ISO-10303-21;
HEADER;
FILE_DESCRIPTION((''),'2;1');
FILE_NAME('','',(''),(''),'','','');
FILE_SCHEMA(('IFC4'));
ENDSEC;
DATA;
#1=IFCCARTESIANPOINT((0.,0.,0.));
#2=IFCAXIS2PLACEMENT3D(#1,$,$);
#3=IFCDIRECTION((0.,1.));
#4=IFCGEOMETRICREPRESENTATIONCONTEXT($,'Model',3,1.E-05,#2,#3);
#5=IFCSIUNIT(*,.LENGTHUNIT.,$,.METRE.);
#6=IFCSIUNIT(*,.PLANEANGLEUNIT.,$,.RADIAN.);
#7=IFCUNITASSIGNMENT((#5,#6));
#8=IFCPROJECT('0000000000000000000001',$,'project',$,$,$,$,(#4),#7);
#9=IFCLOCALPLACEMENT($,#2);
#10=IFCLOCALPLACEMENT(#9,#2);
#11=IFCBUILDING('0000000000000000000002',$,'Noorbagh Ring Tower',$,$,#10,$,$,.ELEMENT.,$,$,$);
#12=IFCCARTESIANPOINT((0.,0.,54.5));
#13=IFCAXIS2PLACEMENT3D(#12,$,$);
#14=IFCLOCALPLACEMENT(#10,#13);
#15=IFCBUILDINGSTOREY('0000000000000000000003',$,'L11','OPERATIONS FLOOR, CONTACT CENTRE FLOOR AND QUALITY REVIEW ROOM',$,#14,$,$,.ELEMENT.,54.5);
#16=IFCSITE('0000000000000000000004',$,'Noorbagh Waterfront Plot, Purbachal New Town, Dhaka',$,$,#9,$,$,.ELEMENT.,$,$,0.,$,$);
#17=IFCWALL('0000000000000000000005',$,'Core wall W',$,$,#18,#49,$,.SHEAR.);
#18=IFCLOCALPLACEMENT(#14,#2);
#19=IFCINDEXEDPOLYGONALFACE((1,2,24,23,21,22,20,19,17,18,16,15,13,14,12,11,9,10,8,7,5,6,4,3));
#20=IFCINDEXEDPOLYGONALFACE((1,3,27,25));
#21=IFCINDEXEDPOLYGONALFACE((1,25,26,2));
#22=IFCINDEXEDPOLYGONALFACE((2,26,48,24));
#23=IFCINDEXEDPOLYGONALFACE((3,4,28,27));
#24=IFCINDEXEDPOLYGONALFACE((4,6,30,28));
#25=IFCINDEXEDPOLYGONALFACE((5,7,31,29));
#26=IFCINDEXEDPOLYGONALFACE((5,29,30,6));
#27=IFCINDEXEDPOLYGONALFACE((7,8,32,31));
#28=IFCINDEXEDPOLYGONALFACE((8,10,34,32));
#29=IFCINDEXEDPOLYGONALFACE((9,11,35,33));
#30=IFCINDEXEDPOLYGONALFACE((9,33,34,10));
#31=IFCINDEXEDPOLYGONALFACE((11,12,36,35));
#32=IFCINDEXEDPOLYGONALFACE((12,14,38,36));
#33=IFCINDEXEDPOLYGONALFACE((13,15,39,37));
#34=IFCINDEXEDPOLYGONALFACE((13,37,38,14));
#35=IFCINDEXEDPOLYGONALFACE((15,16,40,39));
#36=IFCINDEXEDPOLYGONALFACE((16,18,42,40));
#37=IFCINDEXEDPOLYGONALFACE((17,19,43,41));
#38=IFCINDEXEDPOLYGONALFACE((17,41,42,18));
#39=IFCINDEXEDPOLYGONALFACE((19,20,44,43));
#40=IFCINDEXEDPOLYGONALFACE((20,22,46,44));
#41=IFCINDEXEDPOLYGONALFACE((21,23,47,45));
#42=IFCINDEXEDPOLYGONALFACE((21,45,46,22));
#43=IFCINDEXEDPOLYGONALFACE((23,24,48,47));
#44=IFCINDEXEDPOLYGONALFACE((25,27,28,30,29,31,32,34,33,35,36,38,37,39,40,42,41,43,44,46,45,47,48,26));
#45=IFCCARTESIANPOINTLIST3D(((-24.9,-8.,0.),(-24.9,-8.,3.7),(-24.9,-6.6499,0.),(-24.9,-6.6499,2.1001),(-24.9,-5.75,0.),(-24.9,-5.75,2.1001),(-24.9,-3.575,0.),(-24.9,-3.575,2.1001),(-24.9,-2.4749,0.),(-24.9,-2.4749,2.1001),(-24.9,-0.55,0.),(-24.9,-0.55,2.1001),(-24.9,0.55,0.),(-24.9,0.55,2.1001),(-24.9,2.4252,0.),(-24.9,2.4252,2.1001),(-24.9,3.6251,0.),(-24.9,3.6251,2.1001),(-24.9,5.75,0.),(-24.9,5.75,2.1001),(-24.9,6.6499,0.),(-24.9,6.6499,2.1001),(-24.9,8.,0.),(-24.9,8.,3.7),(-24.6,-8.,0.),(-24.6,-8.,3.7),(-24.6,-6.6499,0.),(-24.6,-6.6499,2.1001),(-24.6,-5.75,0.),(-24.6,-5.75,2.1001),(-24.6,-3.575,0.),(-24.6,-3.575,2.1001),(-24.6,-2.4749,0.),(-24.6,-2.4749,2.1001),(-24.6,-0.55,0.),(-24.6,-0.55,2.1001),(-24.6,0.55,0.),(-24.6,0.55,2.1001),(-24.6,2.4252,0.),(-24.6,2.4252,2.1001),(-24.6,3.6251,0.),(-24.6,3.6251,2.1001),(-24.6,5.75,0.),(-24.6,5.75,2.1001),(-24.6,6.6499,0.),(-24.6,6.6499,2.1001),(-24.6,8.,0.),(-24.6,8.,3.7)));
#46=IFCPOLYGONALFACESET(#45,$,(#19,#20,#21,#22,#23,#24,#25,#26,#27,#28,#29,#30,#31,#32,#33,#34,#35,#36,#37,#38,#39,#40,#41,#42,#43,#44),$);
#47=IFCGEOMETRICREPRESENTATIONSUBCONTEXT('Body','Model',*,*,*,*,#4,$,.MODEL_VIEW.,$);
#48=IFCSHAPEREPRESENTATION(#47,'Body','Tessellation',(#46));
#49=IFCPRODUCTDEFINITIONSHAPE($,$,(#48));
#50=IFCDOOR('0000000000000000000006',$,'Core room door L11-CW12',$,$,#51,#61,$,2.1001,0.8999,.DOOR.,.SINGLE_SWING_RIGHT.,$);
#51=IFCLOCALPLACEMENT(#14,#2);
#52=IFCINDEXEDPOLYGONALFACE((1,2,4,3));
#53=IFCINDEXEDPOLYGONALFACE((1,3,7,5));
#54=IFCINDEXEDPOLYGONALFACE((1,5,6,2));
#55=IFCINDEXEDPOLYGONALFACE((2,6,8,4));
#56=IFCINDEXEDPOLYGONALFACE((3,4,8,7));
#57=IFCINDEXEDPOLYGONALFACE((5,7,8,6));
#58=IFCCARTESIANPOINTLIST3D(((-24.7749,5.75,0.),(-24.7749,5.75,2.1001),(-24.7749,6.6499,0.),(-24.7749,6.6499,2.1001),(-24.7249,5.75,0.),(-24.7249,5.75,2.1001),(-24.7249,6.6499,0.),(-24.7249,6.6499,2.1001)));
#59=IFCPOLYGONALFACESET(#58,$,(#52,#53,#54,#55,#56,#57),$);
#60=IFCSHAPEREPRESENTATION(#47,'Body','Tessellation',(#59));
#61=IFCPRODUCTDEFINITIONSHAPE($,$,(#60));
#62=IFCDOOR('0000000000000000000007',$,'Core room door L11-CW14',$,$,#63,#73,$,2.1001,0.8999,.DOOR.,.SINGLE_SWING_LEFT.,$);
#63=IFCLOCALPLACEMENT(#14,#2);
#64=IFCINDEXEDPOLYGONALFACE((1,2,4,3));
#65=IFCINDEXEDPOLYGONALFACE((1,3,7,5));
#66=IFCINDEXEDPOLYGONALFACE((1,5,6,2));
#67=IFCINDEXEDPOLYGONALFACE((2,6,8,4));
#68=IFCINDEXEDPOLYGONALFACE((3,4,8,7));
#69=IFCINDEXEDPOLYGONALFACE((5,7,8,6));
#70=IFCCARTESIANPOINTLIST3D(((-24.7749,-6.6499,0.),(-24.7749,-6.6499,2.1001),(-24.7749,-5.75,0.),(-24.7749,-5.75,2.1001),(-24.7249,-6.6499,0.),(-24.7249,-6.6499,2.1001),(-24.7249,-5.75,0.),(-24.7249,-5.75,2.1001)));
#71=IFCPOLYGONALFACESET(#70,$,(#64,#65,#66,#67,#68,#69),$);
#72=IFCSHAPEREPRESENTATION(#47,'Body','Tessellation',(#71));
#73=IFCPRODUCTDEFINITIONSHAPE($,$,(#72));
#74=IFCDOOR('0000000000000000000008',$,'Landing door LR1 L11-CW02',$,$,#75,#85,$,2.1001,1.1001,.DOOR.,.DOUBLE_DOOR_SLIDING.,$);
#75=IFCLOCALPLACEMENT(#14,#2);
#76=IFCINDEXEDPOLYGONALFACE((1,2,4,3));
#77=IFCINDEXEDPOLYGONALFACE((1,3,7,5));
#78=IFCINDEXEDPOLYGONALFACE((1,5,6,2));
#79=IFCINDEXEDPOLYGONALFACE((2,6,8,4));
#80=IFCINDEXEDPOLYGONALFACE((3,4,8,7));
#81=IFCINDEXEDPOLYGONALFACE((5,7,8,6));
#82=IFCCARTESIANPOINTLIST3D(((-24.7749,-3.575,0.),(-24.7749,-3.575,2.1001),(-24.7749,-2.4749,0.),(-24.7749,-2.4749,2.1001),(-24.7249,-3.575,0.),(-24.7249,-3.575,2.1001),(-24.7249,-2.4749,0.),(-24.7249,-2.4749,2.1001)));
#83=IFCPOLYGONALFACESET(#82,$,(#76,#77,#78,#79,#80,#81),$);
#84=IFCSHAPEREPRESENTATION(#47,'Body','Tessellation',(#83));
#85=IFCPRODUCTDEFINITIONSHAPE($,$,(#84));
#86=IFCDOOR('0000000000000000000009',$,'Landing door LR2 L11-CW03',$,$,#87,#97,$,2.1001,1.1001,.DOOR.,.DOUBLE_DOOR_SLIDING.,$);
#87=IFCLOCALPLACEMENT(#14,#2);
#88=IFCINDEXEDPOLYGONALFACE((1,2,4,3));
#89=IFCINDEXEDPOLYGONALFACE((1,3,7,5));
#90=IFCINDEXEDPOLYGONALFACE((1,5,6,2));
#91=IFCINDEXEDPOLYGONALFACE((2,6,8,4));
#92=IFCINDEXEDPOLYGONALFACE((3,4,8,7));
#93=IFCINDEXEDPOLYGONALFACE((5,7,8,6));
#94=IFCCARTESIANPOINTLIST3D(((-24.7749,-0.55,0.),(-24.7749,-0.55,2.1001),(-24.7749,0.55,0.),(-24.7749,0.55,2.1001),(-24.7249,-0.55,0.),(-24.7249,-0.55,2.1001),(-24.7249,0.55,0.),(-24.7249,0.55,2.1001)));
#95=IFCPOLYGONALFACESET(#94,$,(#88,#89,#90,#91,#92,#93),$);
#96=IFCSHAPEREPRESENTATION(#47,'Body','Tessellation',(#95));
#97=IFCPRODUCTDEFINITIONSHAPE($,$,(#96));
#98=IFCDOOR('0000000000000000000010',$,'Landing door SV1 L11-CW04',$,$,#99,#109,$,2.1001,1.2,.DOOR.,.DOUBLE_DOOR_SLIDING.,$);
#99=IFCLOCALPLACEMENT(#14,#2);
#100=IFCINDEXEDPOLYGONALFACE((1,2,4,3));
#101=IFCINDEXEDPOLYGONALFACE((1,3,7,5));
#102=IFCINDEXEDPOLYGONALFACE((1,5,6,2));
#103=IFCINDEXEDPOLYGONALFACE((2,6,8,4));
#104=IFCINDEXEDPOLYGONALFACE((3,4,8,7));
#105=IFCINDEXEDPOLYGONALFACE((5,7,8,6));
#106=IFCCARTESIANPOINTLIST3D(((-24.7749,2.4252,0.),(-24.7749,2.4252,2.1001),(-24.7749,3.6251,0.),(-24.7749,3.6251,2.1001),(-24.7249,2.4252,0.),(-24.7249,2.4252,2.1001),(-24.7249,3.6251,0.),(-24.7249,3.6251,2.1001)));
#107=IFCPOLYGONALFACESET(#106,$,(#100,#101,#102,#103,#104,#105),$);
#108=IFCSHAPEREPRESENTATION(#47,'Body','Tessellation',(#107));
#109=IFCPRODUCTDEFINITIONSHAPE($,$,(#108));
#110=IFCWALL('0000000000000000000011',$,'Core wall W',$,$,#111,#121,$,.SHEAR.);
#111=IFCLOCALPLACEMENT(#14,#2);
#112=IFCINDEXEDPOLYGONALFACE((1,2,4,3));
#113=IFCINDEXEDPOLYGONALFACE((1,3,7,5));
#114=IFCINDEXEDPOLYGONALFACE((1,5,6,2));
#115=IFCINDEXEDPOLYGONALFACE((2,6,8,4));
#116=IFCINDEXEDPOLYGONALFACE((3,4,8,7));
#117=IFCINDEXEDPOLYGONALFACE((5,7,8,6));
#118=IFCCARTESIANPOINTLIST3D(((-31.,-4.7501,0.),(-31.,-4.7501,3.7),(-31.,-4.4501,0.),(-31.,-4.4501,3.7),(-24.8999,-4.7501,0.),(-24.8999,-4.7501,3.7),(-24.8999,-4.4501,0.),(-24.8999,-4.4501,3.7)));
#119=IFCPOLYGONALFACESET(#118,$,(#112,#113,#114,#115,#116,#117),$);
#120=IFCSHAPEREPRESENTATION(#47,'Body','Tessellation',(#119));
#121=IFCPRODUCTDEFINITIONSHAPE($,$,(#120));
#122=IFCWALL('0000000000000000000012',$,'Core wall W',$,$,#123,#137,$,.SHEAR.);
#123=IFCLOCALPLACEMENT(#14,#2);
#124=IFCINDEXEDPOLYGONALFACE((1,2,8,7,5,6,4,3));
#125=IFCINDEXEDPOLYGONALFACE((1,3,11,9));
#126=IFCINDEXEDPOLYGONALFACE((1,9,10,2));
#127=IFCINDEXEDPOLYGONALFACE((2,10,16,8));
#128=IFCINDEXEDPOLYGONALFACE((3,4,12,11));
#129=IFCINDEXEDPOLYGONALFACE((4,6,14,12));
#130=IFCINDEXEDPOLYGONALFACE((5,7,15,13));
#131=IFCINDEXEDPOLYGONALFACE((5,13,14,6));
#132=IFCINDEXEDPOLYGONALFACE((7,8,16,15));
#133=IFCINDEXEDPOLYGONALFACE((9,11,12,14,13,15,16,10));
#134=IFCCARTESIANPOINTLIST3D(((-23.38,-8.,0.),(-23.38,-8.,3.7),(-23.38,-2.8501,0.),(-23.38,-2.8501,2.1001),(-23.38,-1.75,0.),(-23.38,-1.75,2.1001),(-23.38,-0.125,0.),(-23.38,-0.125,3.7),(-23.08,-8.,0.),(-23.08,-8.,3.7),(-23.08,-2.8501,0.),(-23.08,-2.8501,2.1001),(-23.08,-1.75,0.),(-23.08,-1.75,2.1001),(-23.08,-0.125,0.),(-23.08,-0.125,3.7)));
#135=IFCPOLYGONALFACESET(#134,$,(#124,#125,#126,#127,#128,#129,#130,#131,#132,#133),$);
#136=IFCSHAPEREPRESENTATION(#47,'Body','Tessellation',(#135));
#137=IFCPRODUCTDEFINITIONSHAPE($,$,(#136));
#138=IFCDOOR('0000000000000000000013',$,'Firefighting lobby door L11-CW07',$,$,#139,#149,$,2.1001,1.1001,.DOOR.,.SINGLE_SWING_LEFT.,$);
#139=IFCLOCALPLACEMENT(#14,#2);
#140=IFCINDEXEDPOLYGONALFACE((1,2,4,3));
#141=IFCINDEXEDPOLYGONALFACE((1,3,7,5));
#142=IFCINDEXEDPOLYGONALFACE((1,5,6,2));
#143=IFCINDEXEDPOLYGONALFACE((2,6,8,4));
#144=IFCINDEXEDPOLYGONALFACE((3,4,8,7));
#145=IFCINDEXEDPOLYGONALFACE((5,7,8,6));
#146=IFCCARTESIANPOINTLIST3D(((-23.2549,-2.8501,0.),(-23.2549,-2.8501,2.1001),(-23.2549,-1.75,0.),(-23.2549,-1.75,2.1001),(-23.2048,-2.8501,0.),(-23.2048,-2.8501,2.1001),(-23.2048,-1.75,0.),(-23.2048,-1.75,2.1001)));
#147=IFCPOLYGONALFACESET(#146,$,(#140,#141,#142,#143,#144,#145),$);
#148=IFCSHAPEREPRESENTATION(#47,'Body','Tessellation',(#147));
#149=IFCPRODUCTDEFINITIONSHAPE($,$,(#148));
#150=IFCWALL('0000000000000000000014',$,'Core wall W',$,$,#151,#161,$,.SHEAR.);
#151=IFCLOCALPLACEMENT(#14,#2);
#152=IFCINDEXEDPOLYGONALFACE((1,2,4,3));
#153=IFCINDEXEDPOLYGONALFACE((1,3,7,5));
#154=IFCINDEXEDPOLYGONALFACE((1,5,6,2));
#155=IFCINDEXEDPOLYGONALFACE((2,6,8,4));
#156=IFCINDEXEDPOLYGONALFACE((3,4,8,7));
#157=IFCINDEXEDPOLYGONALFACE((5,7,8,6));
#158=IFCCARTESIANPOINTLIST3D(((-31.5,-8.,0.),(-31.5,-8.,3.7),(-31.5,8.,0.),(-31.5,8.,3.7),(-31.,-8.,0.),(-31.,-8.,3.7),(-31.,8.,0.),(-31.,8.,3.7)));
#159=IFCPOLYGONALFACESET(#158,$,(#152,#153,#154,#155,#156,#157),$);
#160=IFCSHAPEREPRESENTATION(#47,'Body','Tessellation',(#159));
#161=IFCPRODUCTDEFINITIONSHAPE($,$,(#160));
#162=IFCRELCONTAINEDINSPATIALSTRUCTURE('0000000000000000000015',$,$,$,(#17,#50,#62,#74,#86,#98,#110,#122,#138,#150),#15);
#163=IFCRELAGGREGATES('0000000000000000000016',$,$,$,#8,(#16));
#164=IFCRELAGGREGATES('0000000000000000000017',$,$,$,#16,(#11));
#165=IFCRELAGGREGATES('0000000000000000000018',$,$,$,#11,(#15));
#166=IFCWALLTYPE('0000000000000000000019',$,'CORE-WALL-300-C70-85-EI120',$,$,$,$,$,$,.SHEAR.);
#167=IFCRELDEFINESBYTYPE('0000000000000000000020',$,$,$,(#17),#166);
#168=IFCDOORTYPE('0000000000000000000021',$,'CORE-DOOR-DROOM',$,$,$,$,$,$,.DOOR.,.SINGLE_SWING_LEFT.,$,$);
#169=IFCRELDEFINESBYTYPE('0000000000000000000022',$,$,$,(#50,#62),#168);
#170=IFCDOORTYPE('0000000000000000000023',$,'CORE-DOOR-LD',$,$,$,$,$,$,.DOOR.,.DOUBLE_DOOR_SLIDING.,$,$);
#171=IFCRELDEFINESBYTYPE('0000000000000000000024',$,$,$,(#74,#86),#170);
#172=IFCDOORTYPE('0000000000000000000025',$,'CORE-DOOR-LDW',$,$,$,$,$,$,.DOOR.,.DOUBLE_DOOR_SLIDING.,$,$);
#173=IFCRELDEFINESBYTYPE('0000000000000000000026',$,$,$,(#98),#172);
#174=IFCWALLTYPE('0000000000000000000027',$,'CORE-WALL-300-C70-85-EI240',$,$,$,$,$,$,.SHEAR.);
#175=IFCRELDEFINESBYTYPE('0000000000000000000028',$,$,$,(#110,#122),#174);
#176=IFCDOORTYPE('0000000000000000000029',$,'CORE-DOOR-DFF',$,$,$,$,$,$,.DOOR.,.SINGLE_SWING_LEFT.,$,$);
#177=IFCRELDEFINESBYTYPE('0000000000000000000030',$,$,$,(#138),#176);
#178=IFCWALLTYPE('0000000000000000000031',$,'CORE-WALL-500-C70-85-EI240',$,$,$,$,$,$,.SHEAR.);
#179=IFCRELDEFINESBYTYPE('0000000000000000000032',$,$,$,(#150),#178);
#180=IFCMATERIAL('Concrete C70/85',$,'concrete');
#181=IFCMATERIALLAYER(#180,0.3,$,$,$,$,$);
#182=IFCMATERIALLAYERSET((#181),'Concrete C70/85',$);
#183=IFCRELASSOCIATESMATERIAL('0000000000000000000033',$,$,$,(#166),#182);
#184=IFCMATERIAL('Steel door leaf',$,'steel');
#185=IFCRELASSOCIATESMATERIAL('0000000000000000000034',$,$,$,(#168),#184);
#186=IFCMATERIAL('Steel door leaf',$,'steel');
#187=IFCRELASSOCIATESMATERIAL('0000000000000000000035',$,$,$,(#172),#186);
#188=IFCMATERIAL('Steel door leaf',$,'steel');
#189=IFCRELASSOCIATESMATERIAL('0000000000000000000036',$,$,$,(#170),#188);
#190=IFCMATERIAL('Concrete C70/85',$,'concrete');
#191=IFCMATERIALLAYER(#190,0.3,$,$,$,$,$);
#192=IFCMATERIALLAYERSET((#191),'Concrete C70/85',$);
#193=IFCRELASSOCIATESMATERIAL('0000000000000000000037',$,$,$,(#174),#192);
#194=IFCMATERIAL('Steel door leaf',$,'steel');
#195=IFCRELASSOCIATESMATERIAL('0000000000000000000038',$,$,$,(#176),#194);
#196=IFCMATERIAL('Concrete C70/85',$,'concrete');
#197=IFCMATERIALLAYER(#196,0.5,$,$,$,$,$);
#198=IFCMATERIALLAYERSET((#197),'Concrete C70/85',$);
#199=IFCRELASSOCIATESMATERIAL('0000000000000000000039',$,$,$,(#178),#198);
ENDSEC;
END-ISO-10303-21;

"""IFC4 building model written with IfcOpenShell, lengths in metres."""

from ifc_helpers import new_model, si_unit, direction, frame, frame_2d, origin, place, context, subcontext, project, spatial, rectangle, extrude, material, layer, layer_set, type_object, element, fill, save


model = new_model("IFC4")

# Units and contexts
model_context = context("Model", 3, precision=1e-05, world=origin(), true_north=direction((0.0, 1.0)))
body_context = subcontext(model_context, "Body", "Model", "MODEL_VIEW")
ifc_project = project(units=[si_unit("LENGTHUNIT", "METRE"), si_unit("PLANEANGLEUNIT", "RADIAN")], contexts=[model_context])

# Site, building, storey
site_placement = place(None, origin())
site = spatial("IfcSite", under=ifc_project, at=site_placement, Name="Noorbagh Waterfront Plot, Purbachal New Town, Dhaka", CompositionType="ELEMENT", RefElevation=0.0)
building_placement = place(site_placement, origin())
building = spatial("IfcBuilding", under=site, at=building_placement, Name="Noorbagh Ring Tower", CompositionType="ELEMENT")
storey_placement = place(building_placement, frame((0.0, 0.0, 54.5)))
storey = spatial("IfcBuildingStorey", under=building, at=storey_placement, Name="L11", Description="OPERATIONS FLOOR, CONTACT CENTRE FLOOR AND QUALITY REVIEW ROOM", CompositionType="ELEMENT", Elevation=54.5)

# Shared definitions
ifc_material_1 = material(Name="Concrete C70/85", Category="concrete")
ifc_layer_1 = layer(ifc_material_1, 0.3)
ifc_layer_set_1 = layer_set([ifc_layer_1], Name="Concrete C70/85")
wall_type_1 = type_object("IfcWallType", Name="CORE-WALL-300-C70-85-EI120", PredefinedType="SHEAR", material=ifc_layer_set_1)

# Wall, openings, doors
ifc_material_2 = material(Name="Steel door leaf", Category="steel")
door_type_1 = type_object("IfcDoorType", Name="CORE-DOOR-DROOM", OperationType="SINGLE_SWING_LEFT", PredefinedType="DOOR", material=ifc_material_2)
ifc_material_3 = material(Name="Steel door leaf", Category="steel")
door_type_2 = type_object("IfcDoorType", Name="CORE-DOOR-LDW", OperationType="DOUBLE_DOOR_SLIDING", PredefinedType="DOOR", material=ifc_material_3)
wall_1_placement = place(storey_placement, frame((-24.75, -8.0, 0.0), z_axis=(0.0, 0.0, 1.0), x_axis=(0.0, 1.0, 0.0)))
wall_1 = element("IfcWall", 1, at=wall_1_placement, inside=storey, type_object=wall_type_1, Name="Core wall W", PredefinedType="SHEAR", context=body_context, shape_type="SweptSolid", body=[
    extrude(rectangle(XDim=16.0, YDim=0.3, at=frame_2d((8.0, 0.0))), origin(), (0.0, 0.0, 1.0), 3.7),
])
opening_1_placement = place(wall_1_placement, frame((4.425, 0.0, 0.0)))
opening_1 = element("IfcOpeningElement", 2, at=opening_1_placement, cuts=wall_1, PredefinedType="OPENING", context=body_context, shape_type="SweptSolid", body=[
    extrude(rectangle(XDim=1.1001, YDim=2.1001, at=frame_2d((0.55, 1.05))), frame((0.0, 0.1602, 0.0), z_axis=(0.0, -1.0, 0.0), x_axis=(1.0, 0.0, 0.0)), (0.0, 0.0, 1.0), 0.3201),
])
opening_2_placement = place(wall_1_placement, frame((7.45, 0.0, 0.0)))
opening_2 = element("IfcOpeningElement", 3, at=opening_2_placement, cuts=wall_1, PredefinedType="OPENING", context=body_context, shape_type="SweptSolid", body=[
    extrude(rectangle(XDim=1.1001, YDim=2.1001, at=frame_2d((0.55, 1.05))), frame((0.0, 0.1602, 0.0), z_axis=(0.0, -1.0, 0.0), x_axis=(1.0, 0.0, 0.0)), (0.0, 0.0, 1.0), 0.3201),
])
opening_3_placement = place(wall_1_placement, frame((10.425, 0.0, 0.0)))
opening_3 = element("IfcOpeningElement", 4, at=opening_3_placement, cuts=wall_1, PredefinedType="OPENING", context=body_context, shape_type="SweptSolid", body=[
    extrude(rectangle(XDim=1.2, YDim=2.1001, at=frame_2d((0.6001, 1.05))), frame((0.0, 0.1602, 0.0), z_axis=(0.0, -1.0, 0.0), x_axis=(1.0, 0.0, 0.0)), (0.0, 0.0, 1.0), 0.3201),
])
opening_4_placement = place(wall_1_placement, frame((13.75, 0.0, 0.0)))
opening_4 = element("IfcOpeningElement", 5, at=opening_4_placement, cuts=wall_1, PredefinedType="OPENING", context=body_context, shape_type="SweptSolid", body=[
    extrude(rectangle(XDim=0.8999, YDim=2.1001, at=frame_2d((0.45, 1.05))), frame((0.0, 0.1602, 0.0), z_axis=(0.0, -1.0, 0.0), x_axis=(1.0, 0.0, 0.0)), (0.0, 0.0, 1.0), 0.3201),
])
opening_5_placement = place(wall_1_placement, frame((1.3501, 0.0, 0.0)))
opening_5 = element("IfcOpeningElement", 6, at=opening_5_placement, cuts=wall_1, PredefinedType="OPENING", context=body_context, shape_type="SweptSolid", body=[
    extrude(rectangle(XDim=0.8999, YDim=2.1001, at=frame_2d((0.45, 1.05))), frame((0.0, 0.1602, 0.0), z_axis=(0.0, -1.0, 0.0), x_axis=(1.0, 0.0, 0.0)), (0.0, 0.0, 1.0), 0.3201),
])
door_1_placement = place(opening_4_placement, origin())
door_1 = element("IfcDoor", 7, at=door_1_placement, inside=storey, type_object=door_type_1, Name="Core room door L11-CW12", OperationType="SINGLE_SWING_RIGHT", OverallHeight=2.1001, OverallWidth=0.8999, PredefinedType="DOOR", context=body_context, shape_type="SweptSolid", body=[
    extrude(rectangle(XDim=0.8999, YDim=2.1001, at=frame_2d((0.45, 1.05))), frame((0.0, 0.0249, 0.0), z_axis=(0.0, -1.0, 0.0), x_axis=(1.0, 0.0, 0.0)), (0.0, 0.0, 1.0), 0.05),
])
fill(opening_4, door_1)
door_2_placement = place(opening_5_placement, origin())
door_2 = element("IfcDoor", 8, at=door_2_placement, inside=storey, type_object=door_type_1, Name="Core room door L11-CW14", OperationType="SINGLE_SWING_LEFT", OverallHeight=2.1001, OverallWidth=0.8999, PredefinedType="DOOR", context=body_context, shape_type="SweptSolid", body=[
    extrude(rectangle(XDim=0.8999, YDim=2.1001, at=frame_2d((0.45, 1.05))), frame((0.0, 0.0249, 0.0), z_axis=(0.0, -1.0, 0.0), x_axis=(1.0, 0.0, 0.0)), (0.0, 0.0, 1.0), 0.05),
])
fill(opening_5, door_2)
ifc_material_4 = material(Name="Steel door leaf", Category="steel")
door_type_3 = type_object("IfcDoorType", Name="CORE-DOOR-LD", OperationType="DOUBLE_DOOR_SLIDING", PredefinedType="DOOR", material=ifc_material_4)
door_3_placement = place(opening_1_placement, origin())
door_3 = element("IfcDoor", 9, at=door_3_placement, inside=storey, type_object=door_type_3, Name="Landing door LR1 L11-CW02", OperationType="DOUBLE_DOOR_SLIDING", OverallHeight=2.1001, OverallWidth=1.1001, PredefinedType="DOOR", context=body_context, shape_type="SweptSolid", body=[
    extrude(rectangle(XDim=1.1001, YDim=2.1001, at=frame_2d((0.55, 1.05))), frame((0.0, 0.0249, 0.0), z_axis=(0.0, -1.0, 0.0), x_axis=(1.0, 0.0, 0.0)), (0.0, 0.0, 1.0), 0.05),
])
fill(opening_1, door_3)
door_4_placement = place(opening_2_placement, origin())
door_4 = element("IfcDoor", 10, at=door_4_placement, inside=storey, type_object=door_type_3, Name="Landing door LR2 L11-CW03", OperationType="DOUBLE_DOOR_SLIDING", OverallHeight=2.1001, OverallWidth=1.1001, PredefinedType="DOOR", context=body_context, shape_type="SweptSolid", body=[
    extrude(rectangle(XDim=1.1001, YDim=2.1001, at=frame_2d((0.55, 1.05))), frame((0.0, 0.0249, 0.0), z_axis=(0.0, -1.0, 0.0), x_axis=(1.0, 0.0, 0.0)), (0.0, 0.0, 1.0), 0.05),
])
fill(opening_2, door_4)
door_5_placement = place(opening_3_placement, origin())
door_5 = element("IfcDoor", 11, at=door_5_placement, inside=storey, type_object=door_type_2, Name="Landing door SV1 L11-CW04", OperationType="DOUBLE_DOOR_SLIDING", OverallHeight=2.1001, OverallWidth=1.2, PredefinedType="DOOR", context=body_context, shape_type="SweptSolid", body=[
    extrude(rectangle(XDim=1.2, YDim=2.1001, at=frame_2d((0.6001, 1.05))), frame((0.0, 0.0249, 0.0), z_axis=(0.0, -1.0, 0.0), x_axis=(1.0, 0.0, 0.0)), (0.0, 0.0, 1.0), 0.05),
])
fill(opening_3, door_5)

# Wall
ifc_material_5 = material(Name="Concrete C70/85", Category="concrete")
ifc_layer_2 = layer(ifc_material_5, 0.3)
ifc_layer_set_2 = layer_set([ifc_layer_2], Name="Concrete C70/85")
wall_type_2 = type_object("IfcWallType", Name="CORE-WALL-300-C70-85-EI240", PredefinedType="SHEAR", material=ifc_layer_set_2)
wall_2_placement = place(storey_placement, frame((-24.8999, -4.6001, 0.0), z_axis=(0.0, 0.0, 1.0), x_axis=(-1.0, 0.0, 0.0)))
element("IfcWall", 12, at=wall_2_placement, inside=storey, type_object=wall_type_2, Name="Core wall W", PredefinedType="SHEAR", context=body_context, shape_type="SweptSolid", body=[
    extrude(rectangle(XDim=6.1001, YDim=0.3, at=frame_2d((3.05, 0.0))), origin(), (0.0, 0.0, 1.0), 3.7),
])

# Wall, opening, door
wall_3_placement = place(storey_placement, frame((-23.23, -8.0, 0.0), z_axis=(0.0, 0.0, 1.0), x_axis=(0.0, 1.0, 0.0)))
wall_3 = element("IfcWall", 13, at=wall_3_placement, inside=storey, type_object=wall_type_2, Name="Core wall W", PredefinedType="SHEAR", context=body_context, shape_type="SweptSolid", body=[
    extrude(rectangle(XDim=7.875, YDim=0.3, at=frame_2d((3.9375, 0.0))), origin(), (0.0, 0.0, 1.0), 3.7),
])
opening_6_placement = place(wall_3_placement, frame((5.1499, 0.0, 0.0)))
opening_6 = element("IfcOpeningElement", 14, at=opening_6_placement, cuts=wall_3, PredefinedType="OPENING", context=body_context, shape_type="SweptSolid", body=[
    extrude(rectangle(XDim=1.1001, YDim=2.1001, at=frame_2d((0.55, 1.05))), frame((0.0, 0.1602, 0.0), z_axis=(0.0, -1.0, 0.0), x_axis=(1.0, 0.0, 0.0)), (0.0, 0.0, 1.0), 0.3201),
])
ifc_material_6 = material(Name="Steel door leaf", Category="steel")
door_type_4 = type_object("IfcDoorType", Name="CORE-DOOR-DFF", OperationType="SINGLE_SWING_LEFT", PredefinedType="DOOR", material=ifc_material_6)
door_6_placement = place(opening_6_placement, origin())
door_6 = element("IfcDoor", 15, at=door_6_placement, inside=storey, type_object=door_type_4, Name="Firefighting lobby door L11-CW07", OperationType="SINGLE_SWING_LEFT", OverallHeight=2.1001, OverallWidth=1.1001, PredefinedType="DOOR", context=body_context, shape_type="SweptSolid", body=[
    extrude(rectangle(XDim=1.1001, YDim=2.1001, at=frame_2d((0.55, 1.05))), frame((0.0, 0.0249, 0.0), z_axis=(0.0, -1.0, 0.0), x_axis=(1.0, 0.0, 0.0)), (0.0, 0.0, 1.0), 0.05),
])
fill(opening_6, door_6)

# Wall
ifc_material_7 = material(Name="Concrete C70/85", Category="concrete")
ifc_layer_3 = layer(ifc_material_7, 0.5)
ifc_layer_set_3 = layer_set([ifc_layer_3], Name="Concrete C70/85")
wall_type_3 = type_object("IfcWallType", Name="CORE-WALL-500-C70-85-EI240", PredefinedType="SHEAR", material=ifc_layer_set_3)
wall_4_placement = place(storey_placement, frame((-31.25, -8.0, 0.0), z_axis=(0.0, 0.0, 1.0), x_axis=(0.0, 1.0, 0.0)))
element("IfcWall", 16, at=wall_4_placement, inside=storey, type_object=wall_type_3, Name="Core wall W", PredefinedType="SHEAR", context=body_context, shape_type="SweptSolid", body=[
    extrude(rectangle(XDim=16.0, YDim=0.5, at=frame_2d((8.0, 0.0))), origin(), (0.0, 0.0, 1.0), 3.7),
])

save(model, "model.ifc")
